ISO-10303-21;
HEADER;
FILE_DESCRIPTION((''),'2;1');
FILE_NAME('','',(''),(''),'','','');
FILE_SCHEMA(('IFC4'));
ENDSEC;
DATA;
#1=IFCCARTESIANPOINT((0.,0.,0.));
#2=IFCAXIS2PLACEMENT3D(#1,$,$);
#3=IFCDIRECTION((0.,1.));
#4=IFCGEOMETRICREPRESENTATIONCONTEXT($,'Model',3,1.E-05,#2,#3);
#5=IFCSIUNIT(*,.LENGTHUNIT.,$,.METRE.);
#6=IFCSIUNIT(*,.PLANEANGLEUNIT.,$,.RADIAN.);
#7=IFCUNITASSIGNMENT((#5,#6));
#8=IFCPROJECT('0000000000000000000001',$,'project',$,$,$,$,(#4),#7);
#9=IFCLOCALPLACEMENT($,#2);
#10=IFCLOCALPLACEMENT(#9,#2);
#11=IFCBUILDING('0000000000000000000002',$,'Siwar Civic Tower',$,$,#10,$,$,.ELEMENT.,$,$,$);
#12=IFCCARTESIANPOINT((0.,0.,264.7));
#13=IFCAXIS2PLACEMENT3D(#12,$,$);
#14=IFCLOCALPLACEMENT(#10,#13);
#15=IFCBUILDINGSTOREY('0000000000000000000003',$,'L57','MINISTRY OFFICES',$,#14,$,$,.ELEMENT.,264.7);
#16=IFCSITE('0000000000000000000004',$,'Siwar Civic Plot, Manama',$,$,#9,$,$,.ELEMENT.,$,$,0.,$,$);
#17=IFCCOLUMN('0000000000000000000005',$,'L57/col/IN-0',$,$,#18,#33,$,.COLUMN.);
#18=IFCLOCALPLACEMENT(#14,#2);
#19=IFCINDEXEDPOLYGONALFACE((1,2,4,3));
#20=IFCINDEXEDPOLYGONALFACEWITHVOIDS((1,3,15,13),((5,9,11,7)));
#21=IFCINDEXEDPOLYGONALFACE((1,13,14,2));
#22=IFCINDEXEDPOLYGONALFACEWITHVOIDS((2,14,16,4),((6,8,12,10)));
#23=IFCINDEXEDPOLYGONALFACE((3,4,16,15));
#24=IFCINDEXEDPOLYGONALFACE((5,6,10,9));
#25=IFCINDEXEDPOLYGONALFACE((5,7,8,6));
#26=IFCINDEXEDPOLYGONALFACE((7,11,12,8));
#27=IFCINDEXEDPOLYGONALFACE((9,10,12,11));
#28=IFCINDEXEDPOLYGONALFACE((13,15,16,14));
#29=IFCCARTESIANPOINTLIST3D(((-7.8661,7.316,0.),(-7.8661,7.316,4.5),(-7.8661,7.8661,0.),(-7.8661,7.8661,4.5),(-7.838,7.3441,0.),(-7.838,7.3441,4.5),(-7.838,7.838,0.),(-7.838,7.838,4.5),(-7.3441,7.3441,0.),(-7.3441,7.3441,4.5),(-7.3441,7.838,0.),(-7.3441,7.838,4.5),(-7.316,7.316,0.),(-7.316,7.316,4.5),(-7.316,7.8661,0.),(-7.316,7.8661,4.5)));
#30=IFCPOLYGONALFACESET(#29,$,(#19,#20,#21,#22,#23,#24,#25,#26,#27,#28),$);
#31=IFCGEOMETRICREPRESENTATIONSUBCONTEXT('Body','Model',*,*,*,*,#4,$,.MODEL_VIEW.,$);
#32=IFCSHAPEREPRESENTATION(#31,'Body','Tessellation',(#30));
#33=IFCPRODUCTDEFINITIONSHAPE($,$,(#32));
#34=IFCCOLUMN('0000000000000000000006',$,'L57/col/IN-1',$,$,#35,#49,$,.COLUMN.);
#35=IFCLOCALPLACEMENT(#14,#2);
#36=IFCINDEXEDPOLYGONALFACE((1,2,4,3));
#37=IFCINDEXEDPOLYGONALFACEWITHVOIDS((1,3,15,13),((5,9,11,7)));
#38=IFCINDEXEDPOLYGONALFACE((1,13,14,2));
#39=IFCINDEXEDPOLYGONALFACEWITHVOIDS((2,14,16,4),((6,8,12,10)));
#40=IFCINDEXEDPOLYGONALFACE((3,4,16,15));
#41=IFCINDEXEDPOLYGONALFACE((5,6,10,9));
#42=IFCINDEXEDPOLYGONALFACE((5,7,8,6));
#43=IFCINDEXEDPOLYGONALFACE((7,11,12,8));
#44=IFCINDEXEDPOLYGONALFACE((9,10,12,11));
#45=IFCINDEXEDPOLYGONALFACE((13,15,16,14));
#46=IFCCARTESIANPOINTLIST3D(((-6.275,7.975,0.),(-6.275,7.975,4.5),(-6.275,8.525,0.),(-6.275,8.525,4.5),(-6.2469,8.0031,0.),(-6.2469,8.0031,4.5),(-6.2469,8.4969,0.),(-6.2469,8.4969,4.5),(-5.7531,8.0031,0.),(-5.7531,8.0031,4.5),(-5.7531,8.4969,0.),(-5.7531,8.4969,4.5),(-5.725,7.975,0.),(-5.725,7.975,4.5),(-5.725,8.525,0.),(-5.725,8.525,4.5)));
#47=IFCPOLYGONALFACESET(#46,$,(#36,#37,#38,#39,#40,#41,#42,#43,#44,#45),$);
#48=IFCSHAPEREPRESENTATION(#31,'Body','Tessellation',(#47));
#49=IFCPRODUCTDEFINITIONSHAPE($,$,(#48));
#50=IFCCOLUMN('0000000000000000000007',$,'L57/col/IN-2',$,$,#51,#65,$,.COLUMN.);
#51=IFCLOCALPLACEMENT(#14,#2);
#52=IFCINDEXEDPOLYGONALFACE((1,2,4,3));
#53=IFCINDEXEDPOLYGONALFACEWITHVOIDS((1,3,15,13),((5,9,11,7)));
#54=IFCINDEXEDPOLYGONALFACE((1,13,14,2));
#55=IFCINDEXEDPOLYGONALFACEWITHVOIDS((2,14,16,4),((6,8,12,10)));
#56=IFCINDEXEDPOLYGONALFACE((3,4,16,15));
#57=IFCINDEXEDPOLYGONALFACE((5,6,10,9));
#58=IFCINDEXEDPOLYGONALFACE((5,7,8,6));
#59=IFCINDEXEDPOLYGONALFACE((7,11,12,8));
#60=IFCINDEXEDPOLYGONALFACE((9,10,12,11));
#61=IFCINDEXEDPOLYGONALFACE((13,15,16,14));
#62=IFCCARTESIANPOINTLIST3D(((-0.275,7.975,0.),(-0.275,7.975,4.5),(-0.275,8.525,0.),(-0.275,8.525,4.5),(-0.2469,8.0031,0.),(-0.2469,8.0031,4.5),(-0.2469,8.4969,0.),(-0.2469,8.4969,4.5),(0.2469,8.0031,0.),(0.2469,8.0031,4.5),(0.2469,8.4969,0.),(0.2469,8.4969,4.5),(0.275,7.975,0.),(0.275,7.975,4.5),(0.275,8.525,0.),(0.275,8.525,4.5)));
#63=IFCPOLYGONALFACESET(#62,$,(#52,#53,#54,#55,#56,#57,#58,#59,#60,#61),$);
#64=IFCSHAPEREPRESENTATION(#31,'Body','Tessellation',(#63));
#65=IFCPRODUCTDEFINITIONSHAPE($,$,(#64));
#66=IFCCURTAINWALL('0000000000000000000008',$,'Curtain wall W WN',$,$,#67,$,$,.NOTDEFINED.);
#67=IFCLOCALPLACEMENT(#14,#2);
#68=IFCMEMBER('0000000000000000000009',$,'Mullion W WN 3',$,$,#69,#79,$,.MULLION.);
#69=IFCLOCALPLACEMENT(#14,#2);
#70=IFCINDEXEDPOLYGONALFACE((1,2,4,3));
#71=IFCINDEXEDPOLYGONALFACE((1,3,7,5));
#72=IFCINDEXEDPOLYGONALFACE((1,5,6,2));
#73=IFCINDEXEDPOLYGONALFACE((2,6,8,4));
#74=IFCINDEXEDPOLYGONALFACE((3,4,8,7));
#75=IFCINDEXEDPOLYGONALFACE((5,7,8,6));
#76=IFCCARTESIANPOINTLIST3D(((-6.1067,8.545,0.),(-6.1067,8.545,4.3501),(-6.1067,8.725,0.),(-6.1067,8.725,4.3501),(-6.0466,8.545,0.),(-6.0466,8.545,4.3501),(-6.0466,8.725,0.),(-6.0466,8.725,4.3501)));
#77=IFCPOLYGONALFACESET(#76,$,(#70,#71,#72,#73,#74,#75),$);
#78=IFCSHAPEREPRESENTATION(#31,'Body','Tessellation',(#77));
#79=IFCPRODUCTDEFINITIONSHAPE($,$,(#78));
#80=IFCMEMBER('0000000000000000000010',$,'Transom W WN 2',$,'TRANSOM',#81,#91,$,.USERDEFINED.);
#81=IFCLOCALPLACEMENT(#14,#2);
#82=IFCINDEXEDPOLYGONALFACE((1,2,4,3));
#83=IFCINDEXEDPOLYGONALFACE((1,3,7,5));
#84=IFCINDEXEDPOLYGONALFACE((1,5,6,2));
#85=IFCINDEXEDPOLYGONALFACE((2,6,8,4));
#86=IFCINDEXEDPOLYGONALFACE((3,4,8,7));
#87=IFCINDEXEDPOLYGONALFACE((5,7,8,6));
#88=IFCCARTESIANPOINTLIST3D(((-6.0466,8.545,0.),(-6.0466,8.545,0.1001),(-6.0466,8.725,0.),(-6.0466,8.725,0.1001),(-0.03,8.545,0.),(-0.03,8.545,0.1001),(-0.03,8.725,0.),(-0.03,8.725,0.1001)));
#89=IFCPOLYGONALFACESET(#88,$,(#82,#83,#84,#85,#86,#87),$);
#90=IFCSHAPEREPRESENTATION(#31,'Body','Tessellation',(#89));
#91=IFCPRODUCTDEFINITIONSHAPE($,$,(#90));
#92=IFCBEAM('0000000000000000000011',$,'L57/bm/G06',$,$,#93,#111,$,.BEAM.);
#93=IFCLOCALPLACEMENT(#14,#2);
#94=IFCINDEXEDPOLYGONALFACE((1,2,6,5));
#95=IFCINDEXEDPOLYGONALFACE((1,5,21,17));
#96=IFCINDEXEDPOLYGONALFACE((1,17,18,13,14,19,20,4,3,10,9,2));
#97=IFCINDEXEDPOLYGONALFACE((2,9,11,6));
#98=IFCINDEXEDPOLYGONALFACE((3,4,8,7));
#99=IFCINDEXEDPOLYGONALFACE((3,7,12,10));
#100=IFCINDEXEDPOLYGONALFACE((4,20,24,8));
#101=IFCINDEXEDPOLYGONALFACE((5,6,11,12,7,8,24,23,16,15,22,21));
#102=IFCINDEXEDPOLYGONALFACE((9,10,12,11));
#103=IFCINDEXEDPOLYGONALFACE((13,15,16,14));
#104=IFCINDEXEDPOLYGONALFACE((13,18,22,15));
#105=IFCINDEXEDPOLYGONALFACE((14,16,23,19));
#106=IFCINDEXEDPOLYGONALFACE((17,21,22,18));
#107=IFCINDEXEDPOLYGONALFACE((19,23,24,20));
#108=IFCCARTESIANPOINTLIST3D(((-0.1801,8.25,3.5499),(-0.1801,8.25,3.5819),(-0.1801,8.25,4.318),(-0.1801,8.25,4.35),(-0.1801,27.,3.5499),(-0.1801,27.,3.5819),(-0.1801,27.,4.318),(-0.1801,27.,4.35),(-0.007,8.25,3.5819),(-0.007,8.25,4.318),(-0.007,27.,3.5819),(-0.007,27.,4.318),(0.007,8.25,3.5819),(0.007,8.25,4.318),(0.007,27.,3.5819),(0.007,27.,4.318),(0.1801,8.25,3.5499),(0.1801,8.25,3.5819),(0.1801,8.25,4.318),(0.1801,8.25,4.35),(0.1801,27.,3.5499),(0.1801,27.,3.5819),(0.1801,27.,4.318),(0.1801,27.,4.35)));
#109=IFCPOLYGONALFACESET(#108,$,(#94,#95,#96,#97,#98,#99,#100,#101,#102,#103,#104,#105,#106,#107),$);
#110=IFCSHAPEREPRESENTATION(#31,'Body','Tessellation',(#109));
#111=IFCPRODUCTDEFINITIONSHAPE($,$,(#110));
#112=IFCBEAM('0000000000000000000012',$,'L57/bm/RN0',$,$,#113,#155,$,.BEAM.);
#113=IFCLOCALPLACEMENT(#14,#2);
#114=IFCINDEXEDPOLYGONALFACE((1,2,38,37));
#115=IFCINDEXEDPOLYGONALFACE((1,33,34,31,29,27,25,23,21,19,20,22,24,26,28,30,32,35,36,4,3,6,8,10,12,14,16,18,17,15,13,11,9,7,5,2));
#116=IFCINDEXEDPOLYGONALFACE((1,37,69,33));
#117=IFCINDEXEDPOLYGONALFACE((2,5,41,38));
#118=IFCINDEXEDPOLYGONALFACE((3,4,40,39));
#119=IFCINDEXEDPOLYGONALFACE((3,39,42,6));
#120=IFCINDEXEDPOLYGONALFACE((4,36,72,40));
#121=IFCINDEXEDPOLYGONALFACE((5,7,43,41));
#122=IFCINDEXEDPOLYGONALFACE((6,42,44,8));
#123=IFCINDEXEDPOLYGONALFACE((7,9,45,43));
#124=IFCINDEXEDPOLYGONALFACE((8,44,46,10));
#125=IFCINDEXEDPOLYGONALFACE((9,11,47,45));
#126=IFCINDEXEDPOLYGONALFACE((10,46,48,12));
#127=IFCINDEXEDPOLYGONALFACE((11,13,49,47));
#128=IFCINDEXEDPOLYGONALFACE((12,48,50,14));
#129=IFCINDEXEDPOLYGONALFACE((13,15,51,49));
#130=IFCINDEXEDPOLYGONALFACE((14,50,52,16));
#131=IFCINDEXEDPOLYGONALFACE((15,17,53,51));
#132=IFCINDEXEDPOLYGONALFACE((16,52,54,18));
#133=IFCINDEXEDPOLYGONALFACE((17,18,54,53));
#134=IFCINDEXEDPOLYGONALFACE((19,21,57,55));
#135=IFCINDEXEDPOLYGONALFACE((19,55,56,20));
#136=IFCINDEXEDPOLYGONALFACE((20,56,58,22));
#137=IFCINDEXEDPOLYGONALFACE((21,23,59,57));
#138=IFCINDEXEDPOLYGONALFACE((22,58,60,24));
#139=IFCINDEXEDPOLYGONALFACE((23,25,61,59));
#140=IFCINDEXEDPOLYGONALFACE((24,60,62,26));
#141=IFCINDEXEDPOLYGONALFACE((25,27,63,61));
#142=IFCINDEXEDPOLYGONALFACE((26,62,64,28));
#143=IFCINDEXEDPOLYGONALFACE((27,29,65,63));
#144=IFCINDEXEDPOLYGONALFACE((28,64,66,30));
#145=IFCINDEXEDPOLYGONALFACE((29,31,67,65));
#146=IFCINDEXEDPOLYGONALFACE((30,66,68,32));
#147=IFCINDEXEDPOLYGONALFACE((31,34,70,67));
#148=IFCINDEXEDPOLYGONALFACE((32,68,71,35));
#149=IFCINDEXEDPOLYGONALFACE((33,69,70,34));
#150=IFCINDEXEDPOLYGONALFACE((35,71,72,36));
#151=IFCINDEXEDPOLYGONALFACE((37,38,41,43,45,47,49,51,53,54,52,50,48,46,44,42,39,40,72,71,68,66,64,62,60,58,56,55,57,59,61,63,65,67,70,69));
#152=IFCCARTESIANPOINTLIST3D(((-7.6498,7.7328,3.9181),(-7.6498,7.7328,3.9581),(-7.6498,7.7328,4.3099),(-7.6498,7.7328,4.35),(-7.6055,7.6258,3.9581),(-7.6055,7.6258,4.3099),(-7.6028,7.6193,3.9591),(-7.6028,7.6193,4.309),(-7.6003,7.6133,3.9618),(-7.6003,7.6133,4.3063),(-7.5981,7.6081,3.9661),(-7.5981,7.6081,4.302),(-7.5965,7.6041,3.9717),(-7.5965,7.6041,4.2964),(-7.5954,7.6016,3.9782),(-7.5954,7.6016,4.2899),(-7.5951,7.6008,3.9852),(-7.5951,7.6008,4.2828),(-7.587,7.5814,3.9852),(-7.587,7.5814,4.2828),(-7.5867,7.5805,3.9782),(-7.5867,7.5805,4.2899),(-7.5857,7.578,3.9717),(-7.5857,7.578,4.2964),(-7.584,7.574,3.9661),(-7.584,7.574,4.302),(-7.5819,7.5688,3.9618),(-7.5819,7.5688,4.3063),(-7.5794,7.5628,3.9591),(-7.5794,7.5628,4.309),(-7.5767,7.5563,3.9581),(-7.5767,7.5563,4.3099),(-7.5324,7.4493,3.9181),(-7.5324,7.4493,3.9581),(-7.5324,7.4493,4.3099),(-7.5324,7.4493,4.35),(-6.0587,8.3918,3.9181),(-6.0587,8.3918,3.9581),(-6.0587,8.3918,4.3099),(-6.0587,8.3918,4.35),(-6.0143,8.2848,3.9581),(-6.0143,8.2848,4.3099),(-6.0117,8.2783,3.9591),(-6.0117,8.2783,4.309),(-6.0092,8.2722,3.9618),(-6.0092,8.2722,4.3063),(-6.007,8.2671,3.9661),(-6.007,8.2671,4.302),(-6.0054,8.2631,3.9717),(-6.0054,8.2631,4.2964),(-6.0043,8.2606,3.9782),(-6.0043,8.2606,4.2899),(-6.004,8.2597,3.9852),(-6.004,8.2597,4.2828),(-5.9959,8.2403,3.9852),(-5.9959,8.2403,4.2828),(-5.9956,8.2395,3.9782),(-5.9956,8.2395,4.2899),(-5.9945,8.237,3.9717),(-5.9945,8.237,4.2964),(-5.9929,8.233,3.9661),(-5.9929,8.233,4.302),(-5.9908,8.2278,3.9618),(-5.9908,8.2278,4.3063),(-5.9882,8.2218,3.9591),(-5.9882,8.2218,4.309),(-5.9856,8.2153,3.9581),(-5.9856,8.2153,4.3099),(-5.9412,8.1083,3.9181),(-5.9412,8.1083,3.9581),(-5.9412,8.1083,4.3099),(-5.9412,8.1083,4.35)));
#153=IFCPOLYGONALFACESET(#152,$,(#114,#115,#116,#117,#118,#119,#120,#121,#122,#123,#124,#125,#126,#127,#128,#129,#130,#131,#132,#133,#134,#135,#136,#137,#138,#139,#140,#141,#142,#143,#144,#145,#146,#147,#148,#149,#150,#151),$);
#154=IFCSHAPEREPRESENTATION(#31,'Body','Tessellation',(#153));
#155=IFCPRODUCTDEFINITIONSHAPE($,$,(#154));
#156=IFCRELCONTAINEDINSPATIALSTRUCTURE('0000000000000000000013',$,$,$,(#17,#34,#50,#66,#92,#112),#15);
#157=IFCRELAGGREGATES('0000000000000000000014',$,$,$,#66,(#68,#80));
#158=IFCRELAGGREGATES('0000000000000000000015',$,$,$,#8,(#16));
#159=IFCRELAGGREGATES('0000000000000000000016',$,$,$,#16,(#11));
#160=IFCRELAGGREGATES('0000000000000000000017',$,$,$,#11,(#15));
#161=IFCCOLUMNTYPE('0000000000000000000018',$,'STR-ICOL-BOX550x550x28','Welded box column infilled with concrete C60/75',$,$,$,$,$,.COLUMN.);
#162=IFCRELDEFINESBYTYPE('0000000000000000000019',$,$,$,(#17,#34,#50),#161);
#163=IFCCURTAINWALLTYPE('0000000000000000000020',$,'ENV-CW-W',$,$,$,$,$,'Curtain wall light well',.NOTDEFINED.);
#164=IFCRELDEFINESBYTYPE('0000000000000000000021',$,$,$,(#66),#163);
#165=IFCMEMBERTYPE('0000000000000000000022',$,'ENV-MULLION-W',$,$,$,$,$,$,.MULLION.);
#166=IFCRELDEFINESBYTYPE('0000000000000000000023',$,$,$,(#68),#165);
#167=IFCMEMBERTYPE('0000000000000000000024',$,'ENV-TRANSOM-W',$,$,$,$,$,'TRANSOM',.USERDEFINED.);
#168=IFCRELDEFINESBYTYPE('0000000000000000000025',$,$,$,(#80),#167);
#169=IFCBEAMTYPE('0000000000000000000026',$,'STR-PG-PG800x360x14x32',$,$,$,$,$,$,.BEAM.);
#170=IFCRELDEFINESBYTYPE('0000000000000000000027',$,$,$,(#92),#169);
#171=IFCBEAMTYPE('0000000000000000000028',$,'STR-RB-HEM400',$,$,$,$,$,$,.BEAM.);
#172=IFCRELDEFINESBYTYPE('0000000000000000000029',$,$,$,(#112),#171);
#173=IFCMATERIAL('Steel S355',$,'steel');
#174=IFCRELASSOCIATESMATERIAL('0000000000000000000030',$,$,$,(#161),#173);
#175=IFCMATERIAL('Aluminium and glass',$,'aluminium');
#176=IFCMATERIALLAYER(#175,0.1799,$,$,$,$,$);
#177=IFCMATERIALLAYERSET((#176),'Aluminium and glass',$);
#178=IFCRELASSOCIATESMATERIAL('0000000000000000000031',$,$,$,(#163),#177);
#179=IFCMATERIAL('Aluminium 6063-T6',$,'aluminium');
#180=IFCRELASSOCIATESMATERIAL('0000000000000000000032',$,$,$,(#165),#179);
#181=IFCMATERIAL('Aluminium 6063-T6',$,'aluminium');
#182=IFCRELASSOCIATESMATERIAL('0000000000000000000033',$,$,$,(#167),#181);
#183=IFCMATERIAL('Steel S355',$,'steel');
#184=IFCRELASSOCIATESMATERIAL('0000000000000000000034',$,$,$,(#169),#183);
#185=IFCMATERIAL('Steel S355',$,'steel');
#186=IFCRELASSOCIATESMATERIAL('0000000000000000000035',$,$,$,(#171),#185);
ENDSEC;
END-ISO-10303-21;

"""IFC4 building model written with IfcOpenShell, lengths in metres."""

from ifc_helpers import new_model, si_unit, direction, frame, origin, origin_2d, place, context, subcontext, project, spatial, rectangle, hollow_rectangle, i_section, extrude, material, layer, layer_set, material_profile, profile_set, type_object, element, aggregate, save


model = new_model("IFC4")

# Units and contexts
model_context = context("Model", 3, precision=1e-05, world=origin(), true_north=direction((0.0, 1.0)))
body_context = subcontext(model_context, "Body", "Model", "MODEL_VIEW")
ifc_project = project(units=[si_unit("LENGTHUNIT", "METRE"), si_unit("PLANEANGLEUNIT", "RADIAN")], contexts=[model_context])

# Site, building, storey
site_placement = place(None, origin())
site = spatial("IfcSite", under=ifc_project, at=site_placement, Name="Siwar Civic Plot, Manama", CompositionType="ELEMENT", RefElevation=0.0)
building_placement = place(site_placement, origin())
building = spatial("IfcBuilding", under=site, at=building_placement, Name="Siwar Civic Tower", CompositionType="ELEMENT")
storey_placement = place(building_placement, frame((0.0, 0.0, 264.7)))
storey = spatial("IfcBuildingStorey", under=building, at=storey_placement, Name="L57", Description="MINISTRY OFFICES", CompositionType="ELEMENT", Elevation=264.7)

# Columns
ifc_material_1 = material(Name="Steel S355", Category="steel")
ifc_material_profile_1 = material_profile(ifc_material_1, hollow_rectangle(XDim=0.55, YDim=0.55, WallThickness=0.0281, at=origin_2d()), Name="BOX550x550x28")
ifc_profile_set_1 = profile_set([ifc_material_profile_1], Name="Steel S355")
column_type = type_object("IfcColumnType", Name="STR-ICOL-BOX550x550x28", Description="Welded box column infilled with concrete C60/75", PredefinedType="COLUMN", material=ifc_profile_set_1)
for number, where, z_axis, x_axis, name in (
    (1, (-7.5911, 7.5911, 0.0), (0.0, 0.0, 1.0), (1.0, 0.0, 0.0), "L57/col/IN-0"),
    (2, (-6.0, 8.25, 0.0), (0.0, 0.0, 1.0), (1.0, 0.0, 0.0), "L57/col/IN-1"),
    (3, (0.0, 8.25, 0.0), (0.0, 0.0, 1.0), (1.0, 0.0, 0.0), "L57/col/IN-2"),
):
    element("IfcColumn", number, at=place(storey_placement, frame(where, z_axis=z_axis, x_axis=x_axis)), inside=storey, type_object=column_type, Name=name, PredefinedType="COLUMN", context=body_context, shape_type="SweptSolid", body=[
        extrude(hollow_rectangle(XDim=0.55, YDim=0.55, WallThickness=0.0281, at=origin_2d()), origin(), (0.0, 0.0, 1.0), 4.5),
    ])

# Curtain wall, members
ifc_material_2 = material(Name="Aluminium and glass", Category="aluminium")
ifc_layer_1 = layer(ifc_material_2, 0.1799)
ifc_layer_set_1 = layer_set([ifc_layer_1], Name="Aluminium and glass")
curtain_wall_type = type_object("IfcCurtainWallType", Name="ENV-CW-W", ElementType="Curtain wall light well", PredefinedType="NOTDEFINED", material=ifc_layer_set_1)
curtain_wall_placement = place(storey_placement, origin())
curtain_wall = element("IfcCurtainWall", 4, at=curtain_wall_placement, inside=storey, type_object=curtain_wall_type, Name="Curtain wall W WN", PredefinedType="NOTDEFINED")
ifc_material_3 = material(Name="Aluminium 6063-T6", Category="aluminium")
ifc_material_profile_2 = material_profile(ifc_material_3, rectangle(XDim=0.1799, YDim=0.0601, at=origin_2d()), Name="AL 180x60")
ifc_profile_set_2 = profile_set([ifc_material_profile_2], Name="Aluminium 6063-T6")
member_type_1 = type_object("IfcMemberType", Name="ENV-MULLION-W", PredefinedType="MULLION", material=ifc_profile_set_2)
member_1_placement = place(storey_placement, frame((-6.0767, 8.635, 0.0), z_axis=(0.0, 0.0, 1.0), x_axis=(0.0, -1.0, 0.0)))
member_1 = element("IfcMember", 5, at=member_1_placement, type_object=member_type_1, Name="Mullion W WN 3", PredefinedType="MULLION", context=body_context, shape_type="SweptSolid", body=[
    extrude(rectangle(XDim=0.1799, YDim=0.0601, at=origin_2d()), origin(), (0.0, 0.0, 1.0), 4.3501),
])
ifc_material_4 = material(Name="Aluminium 6063-T6", Category="aluminium")
ifc_material_profile_3 = material_profile(ifc_material_4, rectangle(XDim=0.1799, YDim=0.1001, at=origin_2d()), Name="AL 180x100")
ifc_profile_set_3 = profile_set([ifc_material_profile_3], Name="Aluminium 6063-T6")
member_type_2 = type_object("IfcMemberType", Name="ENV-TRANSOM-W", ElementType="TRANSOM", PredefinedType="USERDEFINED", material=ifc_profile_set_3)
member_2_placement = place(storey_placement, frame((-0.03, 8.635, 0.05), z_axis=(-1.0, 0.0, 0.0), x_axis=(0.0, -1.0, 0.0)))
member_2 = element("IfcMember", 6, at=member_2_placement, type_object=member_type_2, Name="Transom W WN 2", ObjectType="TRANSOM", PredefinedType="USERDEFINED", context=body_context, shape_type="SweptSolid", body=[
    extrude(rectangle(XDim=0.1799, YDim=0.1001, at=origin_2d()), origin(), (0.0, 0.0, 1.0), 6.0166),
])

# Beams
ifc_material_5 = material(Name="Steel S355", Category="steel")
ifc_material_profile_4 = material_profile(ifc_material_5, i_section(OverallWidth=0.3601, OverallDepth=0.8, WebThickness=0.0139, FlangeThickness=0.032, at=origin_2d()), Name="PG800x360x14x32")
ifc_profile_set_4 = profile_set([ifc_material_profile_4], Name="Steel S355")
beam_type_1 = type_object("IfcBeamType", Name="STR-PG-PG800x360x14x32", PredefinedType="BEAM", material=ifc_profile_set_4)
beam_1_placement = place(storey_placement, frame((0.0, 8.25, 3.95), z_axis=(0.0, 1.0, 0.0), x_axis=(-1.0, 0.0, 0.0)))
element("IfcBeam", 7, at=beam_1_placement, inside=storey, type_object=beam_type_1, Name="L57/bm/G06", PredefinedType="BEAM", context=body_context, shape_type="SweptSolid", body=[
    extrude(i_section(OverallWidth=0.3601, OverallDepth=0.8, WebThickness=0.0139, FlangeThickness=0.032, at=origin_2d()), origin(), (0.0, 0.0, 1.0), 18.75),
])
ifc_material_6 = material(Name="Steel S355", Category="steel")
ifc_material_profile_5 = material_profile(ifc_material_6, i_section(OverallWidth=0.3069, OverallDepth=0.4319, WebThickness=0.021, FlangeThickness=0.04, FilletRadius=0.0271, at=origin_2d()), Name="HEM400")
ifc_profile_set_5 = profile_set([ifc_material_profile_5], Name="Steel S355")
beam_type_2 = type_object("IfcBeamType", Name="STR-RB-HEM400", PredefinedType="BEAM", material=ifc_profile_set_5)
beam_2_placement = place(storey_placement, frame((-7.5911, 7.5911, 4.134), z_axis=(0.923901, 0.382631, 0.0), x_axis=(-0.382631, 0.923901, 0.0)))
element("IfcBeam", 8, at=beam_2_placement, inside=storey, type_object=beam_type_2, Name="L57/bm/RN0", PredefinedType="BEAM", context=body_context, shape_type="SweptSolid", body=[
    extrude(i_section(OverallWidth=0.3069, OverallDepth=0.4319, WebThickness=0.021, FlangeThickness=0.04, FilletRadius=0.0271, at=origin_2d()), origin(), (0.0, 0.0, 1.0), 1.7222),
])

aggregate(curtain_wall, [member_1, member_2])

save(model, "model.ifc")
